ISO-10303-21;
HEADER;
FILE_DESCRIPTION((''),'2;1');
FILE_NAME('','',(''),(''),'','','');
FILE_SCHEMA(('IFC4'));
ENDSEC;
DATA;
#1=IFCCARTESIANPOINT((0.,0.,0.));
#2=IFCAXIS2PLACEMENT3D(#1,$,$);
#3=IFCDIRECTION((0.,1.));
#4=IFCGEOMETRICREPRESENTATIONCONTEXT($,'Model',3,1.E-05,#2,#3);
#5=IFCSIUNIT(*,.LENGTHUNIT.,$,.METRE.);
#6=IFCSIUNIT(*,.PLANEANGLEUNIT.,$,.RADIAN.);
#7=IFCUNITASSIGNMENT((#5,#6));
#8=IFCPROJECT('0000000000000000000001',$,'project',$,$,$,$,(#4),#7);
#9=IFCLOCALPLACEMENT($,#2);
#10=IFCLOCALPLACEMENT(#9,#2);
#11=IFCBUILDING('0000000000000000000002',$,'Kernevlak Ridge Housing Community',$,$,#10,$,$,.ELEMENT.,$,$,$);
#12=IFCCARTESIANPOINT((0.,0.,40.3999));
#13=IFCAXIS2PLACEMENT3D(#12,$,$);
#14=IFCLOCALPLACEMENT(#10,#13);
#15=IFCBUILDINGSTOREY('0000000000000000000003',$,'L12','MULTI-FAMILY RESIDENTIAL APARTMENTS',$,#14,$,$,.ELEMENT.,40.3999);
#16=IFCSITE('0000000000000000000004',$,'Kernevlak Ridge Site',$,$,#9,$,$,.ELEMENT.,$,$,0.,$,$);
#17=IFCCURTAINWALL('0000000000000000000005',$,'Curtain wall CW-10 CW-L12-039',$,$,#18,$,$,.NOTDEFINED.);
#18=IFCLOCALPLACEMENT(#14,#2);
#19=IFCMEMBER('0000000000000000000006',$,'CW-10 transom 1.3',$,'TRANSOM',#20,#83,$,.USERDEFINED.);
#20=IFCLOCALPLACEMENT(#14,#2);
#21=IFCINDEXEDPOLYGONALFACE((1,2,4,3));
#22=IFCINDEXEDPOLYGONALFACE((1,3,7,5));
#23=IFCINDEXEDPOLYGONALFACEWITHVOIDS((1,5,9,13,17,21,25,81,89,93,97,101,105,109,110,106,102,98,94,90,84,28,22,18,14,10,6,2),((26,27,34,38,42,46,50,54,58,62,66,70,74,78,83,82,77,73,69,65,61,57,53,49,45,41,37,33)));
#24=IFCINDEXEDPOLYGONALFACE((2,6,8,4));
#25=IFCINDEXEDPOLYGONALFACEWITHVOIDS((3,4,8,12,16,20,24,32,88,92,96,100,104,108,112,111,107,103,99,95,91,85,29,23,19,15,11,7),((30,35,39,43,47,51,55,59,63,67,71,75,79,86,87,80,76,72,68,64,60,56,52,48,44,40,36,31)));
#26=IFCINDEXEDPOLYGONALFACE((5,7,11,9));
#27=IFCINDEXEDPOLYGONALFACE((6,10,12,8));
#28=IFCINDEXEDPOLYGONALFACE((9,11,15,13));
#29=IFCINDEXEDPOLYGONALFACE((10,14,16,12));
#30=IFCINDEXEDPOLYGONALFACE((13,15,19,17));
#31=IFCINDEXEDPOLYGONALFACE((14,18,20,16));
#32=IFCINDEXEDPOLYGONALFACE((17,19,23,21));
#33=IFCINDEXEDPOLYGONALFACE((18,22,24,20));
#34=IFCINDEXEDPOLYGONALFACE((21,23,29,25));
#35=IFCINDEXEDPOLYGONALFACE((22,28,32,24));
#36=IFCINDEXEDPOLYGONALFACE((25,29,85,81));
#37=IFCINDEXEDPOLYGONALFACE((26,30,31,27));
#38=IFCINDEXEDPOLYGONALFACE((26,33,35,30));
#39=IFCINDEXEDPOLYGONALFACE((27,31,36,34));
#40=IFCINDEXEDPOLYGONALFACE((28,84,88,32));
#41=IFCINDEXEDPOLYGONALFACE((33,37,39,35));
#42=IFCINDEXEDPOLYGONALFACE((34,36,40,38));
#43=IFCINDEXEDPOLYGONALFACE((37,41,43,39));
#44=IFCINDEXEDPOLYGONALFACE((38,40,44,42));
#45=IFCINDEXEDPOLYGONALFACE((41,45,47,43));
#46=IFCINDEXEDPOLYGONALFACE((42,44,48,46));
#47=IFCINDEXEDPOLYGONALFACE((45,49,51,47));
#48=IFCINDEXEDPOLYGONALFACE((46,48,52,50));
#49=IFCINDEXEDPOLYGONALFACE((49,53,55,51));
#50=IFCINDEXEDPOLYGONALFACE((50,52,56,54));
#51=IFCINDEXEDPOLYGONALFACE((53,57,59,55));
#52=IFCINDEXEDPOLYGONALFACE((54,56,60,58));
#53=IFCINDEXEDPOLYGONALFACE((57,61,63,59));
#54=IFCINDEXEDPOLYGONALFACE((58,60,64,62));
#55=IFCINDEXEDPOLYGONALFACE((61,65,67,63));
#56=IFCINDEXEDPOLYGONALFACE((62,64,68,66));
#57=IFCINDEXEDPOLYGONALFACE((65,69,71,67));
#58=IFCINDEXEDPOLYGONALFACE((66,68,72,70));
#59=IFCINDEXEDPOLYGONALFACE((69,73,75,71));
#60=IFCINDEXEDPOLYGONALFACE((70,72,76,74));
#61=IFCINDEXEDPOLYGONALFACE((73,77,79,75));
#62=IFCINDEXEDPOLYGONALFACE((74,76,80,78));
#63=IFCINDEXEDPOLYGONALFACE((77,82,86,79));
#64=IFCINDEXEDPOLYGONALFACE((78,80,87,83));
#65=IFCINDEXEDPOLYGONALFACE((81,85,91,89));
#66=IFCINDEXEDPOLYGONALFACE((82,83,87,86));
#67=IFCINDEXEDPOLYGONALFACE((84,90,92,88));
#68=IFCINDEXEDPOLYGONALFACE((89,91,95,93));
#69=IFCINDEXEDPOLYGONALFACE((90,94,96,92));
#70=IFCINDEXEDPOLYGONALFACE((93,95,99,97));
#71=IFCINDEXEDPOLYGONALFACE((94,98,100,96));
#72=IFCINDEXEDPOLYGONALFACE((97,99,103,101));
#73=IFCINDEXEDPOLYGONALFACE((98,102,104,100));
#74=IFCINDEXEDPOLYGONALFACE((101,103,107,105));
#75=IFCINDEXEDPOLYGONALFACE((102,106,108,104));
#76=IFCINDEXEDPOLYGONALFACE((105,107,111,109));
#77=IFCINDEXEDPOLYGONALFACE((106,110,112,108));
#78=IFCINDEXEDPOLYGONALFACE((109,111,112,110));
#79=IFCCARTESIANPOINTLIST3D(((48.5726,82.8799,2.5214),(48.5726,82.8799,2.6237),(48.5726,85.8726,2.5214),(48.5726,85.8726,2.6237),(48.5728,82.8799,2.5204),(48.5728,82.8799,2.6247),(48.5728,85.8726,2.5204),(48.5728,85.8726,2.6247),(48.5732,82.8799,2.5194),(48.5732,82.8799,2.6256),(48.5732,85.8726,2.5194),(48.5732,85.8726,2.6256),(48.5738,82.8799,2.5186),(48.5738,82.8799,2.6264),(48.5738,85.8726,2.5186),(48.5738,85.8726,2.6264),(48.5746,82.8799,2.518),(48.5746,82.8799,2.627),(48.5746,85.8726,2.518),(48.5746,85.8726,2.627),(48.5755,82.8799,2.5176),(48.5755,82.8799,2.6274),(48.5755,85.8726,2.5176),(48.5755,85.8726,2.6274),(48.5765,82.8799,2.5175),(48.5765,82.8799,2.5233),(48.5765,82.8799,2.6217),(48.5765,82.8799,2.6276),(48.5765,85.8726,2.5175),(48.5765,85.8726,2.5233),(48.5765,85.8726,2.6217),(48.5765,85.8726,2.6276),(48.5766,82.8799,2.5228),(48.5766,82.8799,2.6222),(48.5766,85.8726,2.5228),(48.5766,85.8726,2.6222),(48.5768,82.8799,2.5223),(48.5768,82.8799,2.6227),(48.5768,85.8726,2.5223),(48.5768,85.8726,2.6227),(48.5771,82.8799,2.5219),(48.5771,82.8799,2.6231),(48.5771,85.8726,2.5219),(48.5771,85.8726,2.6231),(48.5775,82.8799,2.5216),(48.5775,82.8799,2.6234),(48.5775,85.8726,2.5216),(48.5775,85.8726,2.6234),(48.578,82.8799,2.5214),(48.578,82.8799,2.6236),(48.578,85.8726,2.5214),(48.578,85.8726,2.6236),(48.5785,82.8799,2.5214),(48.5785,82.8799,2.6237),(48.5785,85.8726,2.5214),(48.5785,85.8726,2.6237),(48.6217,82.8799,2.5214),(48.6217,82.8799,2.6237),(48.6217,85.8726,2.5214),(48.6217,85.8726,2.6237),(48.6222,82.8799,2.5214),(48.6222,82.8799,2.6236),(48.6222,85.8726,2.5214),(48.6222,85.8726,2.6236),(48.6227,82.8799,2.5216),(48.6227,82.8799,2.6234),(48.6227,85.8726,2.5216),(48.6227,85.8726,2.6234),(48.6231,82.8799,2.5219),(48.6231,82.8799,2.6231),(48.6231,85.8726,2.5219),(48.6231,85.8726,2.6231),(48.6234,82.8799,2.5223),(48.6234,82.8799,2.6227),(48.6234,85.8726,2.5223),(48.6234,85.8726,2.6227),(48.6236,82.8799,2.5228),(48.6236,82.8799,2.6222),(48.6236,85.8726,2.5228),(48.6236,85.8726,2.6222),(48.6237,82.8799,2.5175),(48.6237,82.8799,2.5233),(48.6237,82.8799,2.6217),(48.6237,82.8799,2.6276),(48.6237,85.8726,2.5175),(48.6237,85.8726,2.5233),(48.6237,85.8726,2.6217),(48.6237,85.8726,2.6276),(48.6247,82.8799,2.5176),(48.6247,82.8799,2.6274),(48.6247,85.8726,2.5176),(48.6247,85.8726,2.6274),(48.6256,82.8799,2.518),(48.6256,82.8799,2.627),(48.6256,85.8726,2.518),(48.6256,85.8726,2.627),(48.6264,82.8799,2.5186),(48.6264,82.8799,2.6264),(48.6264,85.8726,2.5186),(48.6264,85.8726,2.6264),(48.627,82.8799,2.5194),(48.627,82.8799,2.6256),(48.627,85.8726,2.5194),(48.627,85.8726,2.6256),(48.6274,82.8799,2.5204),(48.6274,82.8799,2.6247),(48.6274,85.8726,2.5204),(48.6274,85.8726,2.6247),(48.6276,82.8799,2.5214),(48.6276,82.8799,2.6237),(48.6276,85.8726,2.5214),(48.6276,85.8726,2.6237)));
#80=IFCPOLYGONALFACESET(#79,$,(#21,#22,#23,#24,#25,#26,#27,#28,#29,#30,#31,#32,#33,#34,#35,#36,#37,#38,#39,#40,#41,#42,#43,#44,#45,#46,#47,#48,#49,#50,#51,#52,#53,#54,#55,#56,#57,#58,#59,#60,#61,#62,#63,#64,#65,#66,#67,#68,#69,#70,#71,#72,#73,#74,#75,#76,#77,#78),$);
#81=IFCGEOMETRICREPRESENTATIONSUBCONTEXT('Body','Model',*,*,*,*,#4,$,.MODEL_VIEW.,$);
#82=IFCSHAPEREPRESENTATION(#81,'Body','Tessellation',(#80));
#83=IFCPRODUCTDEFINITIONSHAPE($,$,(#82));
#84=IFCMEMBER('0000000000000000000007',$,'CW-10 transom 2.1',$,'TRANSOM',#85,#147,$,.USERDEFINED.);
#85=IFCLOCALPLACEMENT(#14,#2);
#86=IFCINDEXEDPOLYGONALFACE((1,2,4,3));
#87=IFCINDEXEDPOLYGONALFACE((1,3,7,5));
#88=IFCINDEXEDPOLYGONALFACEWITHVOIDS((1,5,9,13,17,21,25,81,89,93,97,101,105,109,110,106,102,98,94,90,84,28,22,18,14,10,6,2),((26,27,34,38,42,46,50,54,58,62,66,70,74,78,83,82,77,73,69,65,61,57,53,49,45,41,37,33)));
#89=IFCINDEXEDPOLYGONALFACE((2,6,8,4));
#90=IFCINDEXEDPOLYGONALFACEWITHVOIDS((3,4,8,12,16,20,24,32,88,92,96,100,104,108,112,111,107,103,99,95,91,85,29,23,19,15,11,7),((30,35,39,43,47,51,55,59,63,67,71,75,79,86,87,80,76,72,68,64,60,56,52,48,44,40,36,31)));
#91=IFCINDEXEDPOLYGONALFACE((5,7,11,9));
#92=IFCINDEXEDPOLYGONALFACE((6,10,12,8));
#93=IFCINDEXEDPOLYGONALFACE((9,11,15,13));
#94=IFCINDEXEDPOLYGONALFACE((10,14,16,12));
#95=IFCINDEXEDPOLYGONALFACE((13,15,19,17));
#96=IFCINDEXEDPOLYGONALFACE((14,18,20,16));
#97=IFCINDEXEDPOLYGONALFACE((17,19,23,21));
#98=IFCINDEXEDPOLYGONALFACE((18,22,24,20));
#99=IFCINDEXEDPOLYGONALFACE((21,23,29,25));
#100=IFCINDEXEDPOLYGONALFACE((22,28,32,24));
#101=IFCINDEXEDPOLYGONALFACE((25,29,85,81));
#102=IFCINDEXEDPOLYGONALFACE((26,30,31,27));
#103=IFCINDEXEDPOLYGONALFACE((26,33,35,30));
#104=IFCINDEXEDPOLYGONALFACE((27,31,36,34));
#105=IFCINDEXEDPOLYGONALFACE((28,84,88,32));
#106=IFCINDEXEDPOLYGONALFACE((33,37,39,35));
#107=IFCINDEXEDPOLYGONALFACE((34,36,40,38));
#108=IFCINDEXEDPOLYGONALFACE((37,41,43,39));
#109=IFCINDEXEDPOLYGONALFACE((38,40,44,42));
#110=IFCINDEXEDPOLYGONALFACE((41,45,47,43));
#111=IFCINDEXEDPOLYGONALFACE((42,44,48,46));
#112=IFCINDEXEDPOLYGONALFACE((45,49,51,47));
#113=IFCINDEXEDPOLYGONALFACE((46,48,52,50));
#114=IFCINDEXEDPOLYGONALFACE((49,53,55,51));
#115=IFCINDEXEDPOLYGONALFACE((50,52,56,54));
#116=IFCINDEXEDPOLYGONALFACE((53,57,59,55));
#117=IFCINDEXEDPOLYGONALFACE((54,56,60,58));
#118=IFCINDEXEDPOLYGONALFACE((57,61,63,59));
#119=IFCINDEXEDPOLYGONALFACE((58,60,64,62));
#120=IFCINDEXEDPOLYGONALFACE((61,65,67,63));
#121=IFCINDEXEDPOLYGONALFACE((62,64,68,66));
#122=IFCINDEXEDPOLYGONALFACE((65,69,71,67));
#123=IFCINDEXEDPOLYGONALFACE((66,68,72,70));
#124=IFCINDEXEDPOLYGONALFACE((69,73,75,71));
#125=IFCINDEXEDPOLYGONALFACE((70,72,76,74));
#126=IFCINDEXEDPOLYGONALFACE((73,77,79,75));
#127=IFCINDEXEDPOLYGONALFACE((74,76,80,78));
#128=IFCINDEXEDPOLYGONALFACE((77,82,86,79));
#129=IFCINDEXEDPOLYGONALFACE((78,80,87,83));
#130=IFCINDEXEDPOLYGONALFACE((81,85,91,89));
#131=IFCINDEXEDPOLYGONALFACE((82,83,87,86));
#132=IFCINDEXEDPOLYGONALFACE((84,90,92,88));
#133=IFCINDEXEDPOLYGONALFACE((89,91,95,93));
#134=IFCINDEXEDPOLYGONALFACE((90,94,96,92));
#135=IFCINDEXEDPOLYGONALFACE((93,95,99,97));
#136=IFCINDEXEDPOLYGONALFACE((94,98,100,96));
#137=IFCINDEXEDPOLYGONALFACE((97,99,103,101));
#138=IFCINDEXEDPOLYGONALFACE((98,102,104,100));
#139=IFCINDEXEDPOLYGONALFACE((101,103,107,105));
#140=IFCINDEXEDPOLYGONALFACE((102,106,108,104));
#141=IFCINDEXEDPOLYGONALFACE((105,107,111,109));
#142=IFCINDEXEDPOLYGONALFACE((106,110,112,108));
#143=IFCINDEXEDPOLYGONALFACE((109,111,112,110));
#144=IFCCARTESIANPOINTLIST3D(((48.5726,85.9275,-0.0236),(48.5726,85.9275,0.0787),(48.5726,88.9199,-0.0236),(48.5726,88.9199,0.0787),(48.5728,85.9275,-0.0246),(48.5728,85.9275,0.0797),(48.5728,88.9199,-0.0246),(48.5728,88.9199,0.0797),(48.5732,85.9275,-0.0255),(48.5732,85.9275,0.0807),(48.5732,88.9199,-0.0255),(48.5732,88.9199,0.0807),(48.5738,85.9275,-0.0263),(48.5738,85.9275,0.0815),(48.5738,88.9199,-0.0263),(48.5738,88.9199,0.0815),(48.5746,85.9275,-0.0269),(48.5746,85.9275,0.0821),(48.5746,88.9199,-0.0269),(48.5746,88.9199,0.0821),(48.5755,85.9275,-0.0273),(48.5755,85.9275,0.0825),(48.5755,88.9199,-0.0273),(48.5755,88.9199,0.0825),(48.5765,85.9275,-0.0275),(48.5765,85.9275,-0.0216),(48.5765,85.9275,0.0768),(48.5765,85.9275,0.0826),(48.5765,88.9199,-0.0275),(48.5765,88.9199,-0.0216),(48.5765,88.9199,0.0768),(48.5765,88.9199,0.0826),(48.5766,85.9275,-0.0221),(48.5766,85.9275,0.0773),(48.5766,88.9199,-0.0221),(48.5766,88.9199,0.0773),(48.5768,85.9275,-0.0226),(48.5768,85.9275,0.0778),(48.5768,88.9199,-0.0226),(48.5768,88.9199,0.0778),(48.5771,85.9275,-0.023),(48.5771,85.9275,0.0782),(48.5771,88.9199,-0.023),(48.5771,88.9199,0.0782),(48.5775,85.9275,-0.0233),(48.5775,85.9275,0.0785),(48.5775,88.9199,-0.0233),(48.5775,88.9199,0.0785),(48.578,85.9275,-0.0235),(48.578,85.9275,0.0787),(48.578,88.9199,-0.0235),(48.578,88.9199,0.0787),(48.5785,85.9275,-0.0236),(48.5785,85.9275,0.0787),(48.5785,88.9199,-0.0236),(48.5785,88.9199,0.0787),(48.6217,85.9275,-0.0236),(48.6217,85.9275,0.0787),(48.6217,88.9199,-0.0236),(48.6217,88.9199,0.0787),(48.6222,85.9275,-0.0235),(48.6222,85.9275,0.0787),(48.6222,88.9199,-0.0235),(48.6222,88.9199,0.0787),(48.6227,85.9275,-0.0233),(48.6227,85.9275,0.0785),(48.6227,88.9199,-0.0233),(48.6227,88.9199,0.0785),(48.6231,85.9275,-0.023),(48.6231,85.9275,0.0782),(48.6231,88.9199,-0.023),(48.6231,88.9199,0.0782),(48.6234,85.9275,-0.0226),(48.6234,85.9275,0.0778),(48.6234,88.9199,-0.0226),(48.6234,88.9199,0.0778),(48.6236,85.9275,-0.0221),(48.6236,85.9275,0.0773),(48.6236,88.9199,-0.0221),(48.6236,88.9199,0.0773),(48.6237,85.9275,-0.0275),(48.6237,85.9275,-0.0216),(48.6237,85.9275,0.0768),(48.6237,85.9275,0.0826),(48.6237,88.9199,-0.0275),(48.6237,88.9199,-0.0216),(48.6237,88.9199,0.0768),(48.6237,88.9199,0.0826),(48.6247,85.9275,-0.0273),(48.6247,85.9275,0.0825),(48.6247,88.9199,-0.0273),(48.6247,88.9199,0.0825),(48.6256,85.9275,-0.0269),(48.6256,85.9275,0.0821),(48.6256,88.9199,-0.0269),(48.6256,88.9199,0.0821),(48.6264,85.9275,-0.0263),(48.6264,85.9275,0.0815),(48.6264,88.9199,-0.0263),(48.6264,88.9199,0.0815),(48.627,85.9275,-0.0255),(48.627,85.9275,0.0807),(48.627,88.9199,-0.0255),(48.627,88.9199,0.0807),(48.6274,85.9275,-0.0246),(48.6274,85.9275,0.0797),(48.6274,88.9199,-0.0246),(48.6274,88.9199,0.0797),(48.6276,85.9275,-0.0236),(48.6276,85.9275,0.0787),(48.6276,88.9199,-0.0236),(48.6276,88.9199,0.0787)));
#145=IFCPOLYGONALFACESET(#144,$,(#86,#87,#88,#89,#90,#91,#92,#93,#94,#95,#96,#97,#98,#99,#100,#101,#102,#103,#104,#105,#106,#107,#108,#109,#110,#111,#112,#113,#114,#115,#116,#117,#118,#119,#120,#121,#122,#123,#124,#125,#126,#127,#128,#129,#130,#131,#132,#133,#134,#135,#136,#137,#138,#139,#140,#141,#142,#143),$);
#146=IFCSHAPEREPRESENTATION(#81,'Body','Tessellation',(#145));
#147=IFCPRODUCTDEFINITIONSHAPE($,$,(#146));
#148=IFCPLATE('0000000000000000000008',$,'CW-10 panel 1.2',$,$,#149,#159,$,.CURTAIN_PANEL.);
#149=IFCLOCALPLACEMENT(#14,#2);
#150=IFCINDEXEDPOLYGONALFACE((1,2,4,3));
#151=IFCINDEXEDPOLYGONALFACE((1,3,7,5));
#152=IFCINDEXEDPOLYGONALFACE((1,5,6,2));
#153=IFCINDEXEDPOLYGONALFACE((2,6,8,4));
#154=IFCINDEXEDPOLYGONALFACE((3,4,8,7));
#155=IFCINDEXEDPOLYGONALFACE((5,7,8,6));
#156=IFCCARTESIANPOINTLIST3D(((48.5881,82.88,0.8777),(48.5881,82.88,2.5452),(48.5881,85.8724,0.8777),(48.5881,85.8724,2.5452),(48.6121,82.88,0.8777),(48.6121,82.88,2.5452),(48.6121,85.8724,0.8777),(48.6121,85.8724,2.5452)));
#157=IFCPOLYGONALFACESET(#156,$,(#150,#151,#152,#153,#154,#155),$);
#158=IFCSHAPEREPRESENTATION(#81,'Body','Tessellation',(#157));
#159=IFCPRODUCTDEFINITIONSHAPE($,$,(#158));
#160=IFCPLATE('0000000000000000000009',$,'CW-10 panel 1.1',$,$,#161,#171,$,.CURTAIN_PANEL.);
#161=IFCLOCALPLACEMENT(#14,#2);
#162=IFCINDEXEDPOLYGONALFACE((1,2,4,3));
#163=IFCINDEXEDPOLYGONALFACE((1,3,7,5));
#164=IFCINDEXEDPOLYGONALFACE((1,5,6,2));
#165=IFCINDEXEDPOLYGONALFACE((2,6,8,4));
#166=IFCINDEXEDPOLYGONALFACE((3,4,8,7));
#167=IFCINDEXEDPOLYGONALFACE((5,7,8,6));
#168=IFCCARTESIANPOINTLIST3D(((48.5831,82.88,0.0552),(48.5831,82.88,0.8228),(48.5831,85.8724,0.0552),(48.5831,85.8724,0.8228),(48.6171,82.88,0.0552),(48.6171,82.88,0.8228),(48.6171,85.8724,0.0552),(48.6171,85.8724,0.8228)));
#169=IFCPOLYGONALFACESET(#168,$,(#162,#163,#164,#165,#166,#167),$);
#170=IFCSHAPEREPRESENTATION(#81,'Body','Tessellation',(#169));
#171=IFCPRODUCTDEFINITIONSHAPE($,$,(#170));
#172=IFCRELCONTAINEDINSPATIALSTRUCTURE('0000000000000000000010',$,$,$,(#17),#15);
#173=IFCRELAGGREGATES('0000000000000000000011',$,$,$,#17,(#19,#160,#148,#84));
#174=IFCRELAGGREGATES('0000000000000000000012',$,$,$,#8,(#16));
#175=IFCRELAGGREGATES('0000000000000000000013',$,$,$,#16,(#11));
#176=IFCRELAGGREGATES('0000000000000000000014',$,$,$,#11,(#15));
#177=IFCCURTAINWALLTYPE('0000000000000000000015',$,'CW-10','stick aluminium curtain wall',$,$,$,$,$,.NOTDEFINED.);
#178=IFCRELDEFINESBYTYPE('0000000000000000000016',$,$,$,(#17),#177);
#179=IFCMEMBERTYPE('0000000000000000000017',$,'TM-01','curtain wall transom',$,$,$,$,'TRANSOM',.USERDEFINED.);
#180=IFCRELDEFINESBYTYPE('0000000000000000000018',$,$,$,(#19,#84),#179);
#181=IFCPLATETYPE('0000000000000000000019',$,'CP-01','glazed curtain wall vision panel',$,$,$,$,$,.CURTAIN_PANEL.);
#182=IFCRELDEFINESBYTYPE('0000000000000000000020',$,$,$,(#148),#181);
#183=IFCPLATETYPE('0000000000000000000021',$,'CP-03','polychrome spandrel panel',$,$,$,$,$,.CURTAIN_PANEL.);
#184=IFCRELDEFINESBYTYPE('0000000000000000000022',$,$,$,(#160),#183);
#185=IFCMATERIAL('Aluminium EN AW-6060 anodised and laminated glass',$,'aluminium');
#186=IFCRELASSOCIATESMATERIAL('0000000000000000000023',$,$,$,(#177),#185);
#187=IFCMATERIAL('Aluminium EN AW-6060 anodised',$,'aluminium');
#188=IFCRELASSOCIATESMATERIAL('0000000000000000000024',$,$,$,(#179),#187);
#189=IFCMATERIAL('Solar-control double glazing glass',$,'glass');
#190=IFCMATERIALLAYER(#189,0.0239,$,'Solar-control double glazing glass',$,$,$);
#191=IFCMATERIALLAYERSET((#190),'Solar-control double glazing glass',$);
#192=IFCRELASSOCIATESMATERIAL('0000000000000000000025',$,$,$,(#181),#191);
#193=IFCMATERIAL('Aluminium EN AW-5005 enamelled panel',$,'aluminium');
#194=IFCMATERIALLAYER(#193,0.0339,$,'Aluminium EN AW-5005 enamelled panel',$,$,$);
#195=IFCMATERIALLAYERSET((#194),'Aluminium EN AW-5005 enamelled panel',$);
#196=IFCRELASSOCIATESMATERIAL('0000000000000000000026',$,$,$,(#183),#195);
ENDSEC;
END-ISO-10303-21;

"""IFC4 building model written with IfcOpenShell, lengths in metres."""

from ifc_helpers import new_model, si_unit, direction, frame, origin, origin_2d, place, context, subcontext, project, spatial, rectangle, hollow_rectangle, extrude, material, layer, layer_set, material_profile, profile_set, type_object, element, aggregate, save


model = new_model("IFC4")

# Units and contexts
model_context = context("Model", 3, precision=1e-05, world=origin(), true_north=direction((0.0, 1.0)))
body_context = subcontext(model_context, "Body", "Model", "MODEL_VIEW")
ifc_project = project(units=[si_unit("LENGTHUNIT", "METRE"), si_unit("PLANEANGLEUNIT", "RADIAN")], contexts=[model_context])

# Site, building, storey
site_placement = place(None, origin())
site = spatial("IfcSite", under=ifc_project, at=site_placement, Name="Kernevlak Ridge Site", CompositionType="ELEMENT", RefElevation=0.0)
building_placement = place(site_placement, origin())
building = spatial("IfcBuilding", under=site, at=building_placement, Name="Kernevlak Ridge Housing Community", CompositionType="ELEMENT")
storey_placement = place(building_placement, frame((0.0, 0.0, 40.3999)))
storey = spatial("IfcBuildingStorey", under=building, at=storey_placement, Name="L12", Description="MULTI-FAMILY RESIDENTIAL APARTMENTS", CompositionType="ELEMENT", Elevation=40.3999)

# Curtain wall
ifc_material_1 = material(Name="Aluminium EN AW-6060 anodised and laminated glass", Category="aluminium")
curtain_wall_type = type_object("IfcCurtainWallType", Name="CW-10", Description="stick aluminium curtain wall", PredefinedType="NOTDEFINED", material=ifc_material_1)
curtain_wall_placement = place(storey_placement, origin())
curtain_wall = element("IfcCurtainWall", 1, at=curtain_wall_placement, inside=storey, type_object=curtain_wall_type, Name="Curtain wall CW-10 CW-L12-039", PredefinedType="NOTDEFINED")
ifc_material_2 = material(Name="Aluminium EN AW-6060 anodised", Category="aluminium")

# Members
ifc_material_profile_1 = material_profile(ifc_material_2, hollow_rectangle(XDim=0.0549, YDim=0.1101, WallThickness=0.0039, InnerFilletRadius=0.002, OuterFilletRadius=0.0039, at=origin_2d()), Name="ALU 55x110x4")
ifc_profile_set_1 = profile_set([ifc_material_profile_1], Name="Aluminium EN AW-6060 anodised")
member_type_1 = type_object("IfcMemberType", Name="TM-01", Description="curtain wall transom", ElementType="TRANSOM", PredefinedType="USERDEFINED", material=ifc_profile_set_1)
member_1_placement = place(storey_placement, frame((48.6001, 82.8799, 2.5725), z_axis=(0.0, 1.0, 0.0), x_axis=(-1.0, 0.0, 0.0)))
member_1 = element("IfcMember", 2, at=member_1_placement, type_object=member_type_1, Name="CW-10 transom 1.3", ObjectType="TRANSOM", PredefinedType="USERDEFINED", context=body_context, shape_type="SweptSolid", body=[
    extrude(hollow_rectangle(XDim=0.0549, YDim=0.1101, WallThickness=0.0039, InnerFilletRadius=0.002, OuterFilletRadius=0.0039, at=origin_2d()), origin(), (0.0, 0.0, 1.0), 2.9927),
])
member_2_placement = place(storey_placement, frame((48.6001, 85.9275, 0.0276), z_axis=(0.0, 1.0, 0.0), x_axis=(-1.0, 0.0, 0.0)))
member_2 = element("IfcMember", 3, at=member_2_placement, type_object=member_type_1, Name="CW-10 transom 2.1", ObjectType="TRANSOM", PredefinedType="USERDEFINED", context=body_context, shape_type="SweptSolid", body=[
    extrude(hollow_rectangle(XDim=0.0549, YDim=0.1101, WallThickness=0.0039, InnerFilletRadius=0.002, OuterFilletRadius=0.0039, at=origin_2d()), origin(), (0.0, 0.0, 1.0), 2.9924),
])

# Plates
ifc_material_3 = material(Name="Solar-control double glazing glass", Category="glass")
ifc_layer_1 = layer(ifc_material_3, 0.0239, Name="Solar-control double glazing glass")
ifc_layer_set_1 = layer_set([ifc_layer_1], Name="Solar-control double glazing glass")
plate_type_1 = type_object("IfcPlateType", Name="CP-01", Description="glazed curtain wall vision panel", PredefinedType="CURTAIN_PANEL", material=ifc_layer_set_1)
plate_1_placement = place(storey_placement, frame((48.6001, 84.3762, 0.8777), z_axis=(0.0, 0.0, 1.0), x_axis=(0.0, 1.0, 0.0)))
plate_1 = element("IfcPlate", 4, at=plate_1_placement, type_object=plate_type_1, Name="CW-10 panel 1.2", PredefinedType="CURTAIN_PANEL", context=body_context, shape_type="SweptSolid", body=[
    extrude(rectangle(XDim=2.9924, YDim=0.0239, at=origin_2d()), origin(), (0.0, 0.0, 1.0), 1.6675),
])
ifc_material_4 = material(Name="Aluminium EN AW-5005 enamelled panel", Category="aluminium")
ifc_layer_2 = layer(ifc_material_4, 0.0339, Name="Aluminium EN AW-5005 enamelled panel")
ifc_layer_set_2 = layer_set([ifc_layer_2], Name="Aluminium EN AW-5005 enamelled panel")
plate_type_2 = type_object("IfcPlateType", Name="CP-03", Description="polychrome spandrel panel", PredefinedType="CURTAIN_PANEL", material=ifc_layer_set_2)
plate_2_placement = place(storey_placement, frame((48.6001, 84.3762, 0.0552), z_axis=(0.0, 0.0, 1.0), x_axis=(0.0, 1.0, 0.0)))
plate_2 = element("IfcPlate", 5, at=plate_2_placement, type_object=plate_type_2, Name="CW-10 panel 1.1", PredefinedType="CURTAIN_PANEL", context=body_context, shape_type="SweptSolid", body=[
    extrude(rectangle(XDim=2.9924, YDim=0.0339, at=origin_2d()), origin(), (0.0, 0.0, 1.0), 0.7676),
])
aggregate(curtain_wall, [member_1, plate_2, plate_1, member_2])

save(model, "model.ifc")
